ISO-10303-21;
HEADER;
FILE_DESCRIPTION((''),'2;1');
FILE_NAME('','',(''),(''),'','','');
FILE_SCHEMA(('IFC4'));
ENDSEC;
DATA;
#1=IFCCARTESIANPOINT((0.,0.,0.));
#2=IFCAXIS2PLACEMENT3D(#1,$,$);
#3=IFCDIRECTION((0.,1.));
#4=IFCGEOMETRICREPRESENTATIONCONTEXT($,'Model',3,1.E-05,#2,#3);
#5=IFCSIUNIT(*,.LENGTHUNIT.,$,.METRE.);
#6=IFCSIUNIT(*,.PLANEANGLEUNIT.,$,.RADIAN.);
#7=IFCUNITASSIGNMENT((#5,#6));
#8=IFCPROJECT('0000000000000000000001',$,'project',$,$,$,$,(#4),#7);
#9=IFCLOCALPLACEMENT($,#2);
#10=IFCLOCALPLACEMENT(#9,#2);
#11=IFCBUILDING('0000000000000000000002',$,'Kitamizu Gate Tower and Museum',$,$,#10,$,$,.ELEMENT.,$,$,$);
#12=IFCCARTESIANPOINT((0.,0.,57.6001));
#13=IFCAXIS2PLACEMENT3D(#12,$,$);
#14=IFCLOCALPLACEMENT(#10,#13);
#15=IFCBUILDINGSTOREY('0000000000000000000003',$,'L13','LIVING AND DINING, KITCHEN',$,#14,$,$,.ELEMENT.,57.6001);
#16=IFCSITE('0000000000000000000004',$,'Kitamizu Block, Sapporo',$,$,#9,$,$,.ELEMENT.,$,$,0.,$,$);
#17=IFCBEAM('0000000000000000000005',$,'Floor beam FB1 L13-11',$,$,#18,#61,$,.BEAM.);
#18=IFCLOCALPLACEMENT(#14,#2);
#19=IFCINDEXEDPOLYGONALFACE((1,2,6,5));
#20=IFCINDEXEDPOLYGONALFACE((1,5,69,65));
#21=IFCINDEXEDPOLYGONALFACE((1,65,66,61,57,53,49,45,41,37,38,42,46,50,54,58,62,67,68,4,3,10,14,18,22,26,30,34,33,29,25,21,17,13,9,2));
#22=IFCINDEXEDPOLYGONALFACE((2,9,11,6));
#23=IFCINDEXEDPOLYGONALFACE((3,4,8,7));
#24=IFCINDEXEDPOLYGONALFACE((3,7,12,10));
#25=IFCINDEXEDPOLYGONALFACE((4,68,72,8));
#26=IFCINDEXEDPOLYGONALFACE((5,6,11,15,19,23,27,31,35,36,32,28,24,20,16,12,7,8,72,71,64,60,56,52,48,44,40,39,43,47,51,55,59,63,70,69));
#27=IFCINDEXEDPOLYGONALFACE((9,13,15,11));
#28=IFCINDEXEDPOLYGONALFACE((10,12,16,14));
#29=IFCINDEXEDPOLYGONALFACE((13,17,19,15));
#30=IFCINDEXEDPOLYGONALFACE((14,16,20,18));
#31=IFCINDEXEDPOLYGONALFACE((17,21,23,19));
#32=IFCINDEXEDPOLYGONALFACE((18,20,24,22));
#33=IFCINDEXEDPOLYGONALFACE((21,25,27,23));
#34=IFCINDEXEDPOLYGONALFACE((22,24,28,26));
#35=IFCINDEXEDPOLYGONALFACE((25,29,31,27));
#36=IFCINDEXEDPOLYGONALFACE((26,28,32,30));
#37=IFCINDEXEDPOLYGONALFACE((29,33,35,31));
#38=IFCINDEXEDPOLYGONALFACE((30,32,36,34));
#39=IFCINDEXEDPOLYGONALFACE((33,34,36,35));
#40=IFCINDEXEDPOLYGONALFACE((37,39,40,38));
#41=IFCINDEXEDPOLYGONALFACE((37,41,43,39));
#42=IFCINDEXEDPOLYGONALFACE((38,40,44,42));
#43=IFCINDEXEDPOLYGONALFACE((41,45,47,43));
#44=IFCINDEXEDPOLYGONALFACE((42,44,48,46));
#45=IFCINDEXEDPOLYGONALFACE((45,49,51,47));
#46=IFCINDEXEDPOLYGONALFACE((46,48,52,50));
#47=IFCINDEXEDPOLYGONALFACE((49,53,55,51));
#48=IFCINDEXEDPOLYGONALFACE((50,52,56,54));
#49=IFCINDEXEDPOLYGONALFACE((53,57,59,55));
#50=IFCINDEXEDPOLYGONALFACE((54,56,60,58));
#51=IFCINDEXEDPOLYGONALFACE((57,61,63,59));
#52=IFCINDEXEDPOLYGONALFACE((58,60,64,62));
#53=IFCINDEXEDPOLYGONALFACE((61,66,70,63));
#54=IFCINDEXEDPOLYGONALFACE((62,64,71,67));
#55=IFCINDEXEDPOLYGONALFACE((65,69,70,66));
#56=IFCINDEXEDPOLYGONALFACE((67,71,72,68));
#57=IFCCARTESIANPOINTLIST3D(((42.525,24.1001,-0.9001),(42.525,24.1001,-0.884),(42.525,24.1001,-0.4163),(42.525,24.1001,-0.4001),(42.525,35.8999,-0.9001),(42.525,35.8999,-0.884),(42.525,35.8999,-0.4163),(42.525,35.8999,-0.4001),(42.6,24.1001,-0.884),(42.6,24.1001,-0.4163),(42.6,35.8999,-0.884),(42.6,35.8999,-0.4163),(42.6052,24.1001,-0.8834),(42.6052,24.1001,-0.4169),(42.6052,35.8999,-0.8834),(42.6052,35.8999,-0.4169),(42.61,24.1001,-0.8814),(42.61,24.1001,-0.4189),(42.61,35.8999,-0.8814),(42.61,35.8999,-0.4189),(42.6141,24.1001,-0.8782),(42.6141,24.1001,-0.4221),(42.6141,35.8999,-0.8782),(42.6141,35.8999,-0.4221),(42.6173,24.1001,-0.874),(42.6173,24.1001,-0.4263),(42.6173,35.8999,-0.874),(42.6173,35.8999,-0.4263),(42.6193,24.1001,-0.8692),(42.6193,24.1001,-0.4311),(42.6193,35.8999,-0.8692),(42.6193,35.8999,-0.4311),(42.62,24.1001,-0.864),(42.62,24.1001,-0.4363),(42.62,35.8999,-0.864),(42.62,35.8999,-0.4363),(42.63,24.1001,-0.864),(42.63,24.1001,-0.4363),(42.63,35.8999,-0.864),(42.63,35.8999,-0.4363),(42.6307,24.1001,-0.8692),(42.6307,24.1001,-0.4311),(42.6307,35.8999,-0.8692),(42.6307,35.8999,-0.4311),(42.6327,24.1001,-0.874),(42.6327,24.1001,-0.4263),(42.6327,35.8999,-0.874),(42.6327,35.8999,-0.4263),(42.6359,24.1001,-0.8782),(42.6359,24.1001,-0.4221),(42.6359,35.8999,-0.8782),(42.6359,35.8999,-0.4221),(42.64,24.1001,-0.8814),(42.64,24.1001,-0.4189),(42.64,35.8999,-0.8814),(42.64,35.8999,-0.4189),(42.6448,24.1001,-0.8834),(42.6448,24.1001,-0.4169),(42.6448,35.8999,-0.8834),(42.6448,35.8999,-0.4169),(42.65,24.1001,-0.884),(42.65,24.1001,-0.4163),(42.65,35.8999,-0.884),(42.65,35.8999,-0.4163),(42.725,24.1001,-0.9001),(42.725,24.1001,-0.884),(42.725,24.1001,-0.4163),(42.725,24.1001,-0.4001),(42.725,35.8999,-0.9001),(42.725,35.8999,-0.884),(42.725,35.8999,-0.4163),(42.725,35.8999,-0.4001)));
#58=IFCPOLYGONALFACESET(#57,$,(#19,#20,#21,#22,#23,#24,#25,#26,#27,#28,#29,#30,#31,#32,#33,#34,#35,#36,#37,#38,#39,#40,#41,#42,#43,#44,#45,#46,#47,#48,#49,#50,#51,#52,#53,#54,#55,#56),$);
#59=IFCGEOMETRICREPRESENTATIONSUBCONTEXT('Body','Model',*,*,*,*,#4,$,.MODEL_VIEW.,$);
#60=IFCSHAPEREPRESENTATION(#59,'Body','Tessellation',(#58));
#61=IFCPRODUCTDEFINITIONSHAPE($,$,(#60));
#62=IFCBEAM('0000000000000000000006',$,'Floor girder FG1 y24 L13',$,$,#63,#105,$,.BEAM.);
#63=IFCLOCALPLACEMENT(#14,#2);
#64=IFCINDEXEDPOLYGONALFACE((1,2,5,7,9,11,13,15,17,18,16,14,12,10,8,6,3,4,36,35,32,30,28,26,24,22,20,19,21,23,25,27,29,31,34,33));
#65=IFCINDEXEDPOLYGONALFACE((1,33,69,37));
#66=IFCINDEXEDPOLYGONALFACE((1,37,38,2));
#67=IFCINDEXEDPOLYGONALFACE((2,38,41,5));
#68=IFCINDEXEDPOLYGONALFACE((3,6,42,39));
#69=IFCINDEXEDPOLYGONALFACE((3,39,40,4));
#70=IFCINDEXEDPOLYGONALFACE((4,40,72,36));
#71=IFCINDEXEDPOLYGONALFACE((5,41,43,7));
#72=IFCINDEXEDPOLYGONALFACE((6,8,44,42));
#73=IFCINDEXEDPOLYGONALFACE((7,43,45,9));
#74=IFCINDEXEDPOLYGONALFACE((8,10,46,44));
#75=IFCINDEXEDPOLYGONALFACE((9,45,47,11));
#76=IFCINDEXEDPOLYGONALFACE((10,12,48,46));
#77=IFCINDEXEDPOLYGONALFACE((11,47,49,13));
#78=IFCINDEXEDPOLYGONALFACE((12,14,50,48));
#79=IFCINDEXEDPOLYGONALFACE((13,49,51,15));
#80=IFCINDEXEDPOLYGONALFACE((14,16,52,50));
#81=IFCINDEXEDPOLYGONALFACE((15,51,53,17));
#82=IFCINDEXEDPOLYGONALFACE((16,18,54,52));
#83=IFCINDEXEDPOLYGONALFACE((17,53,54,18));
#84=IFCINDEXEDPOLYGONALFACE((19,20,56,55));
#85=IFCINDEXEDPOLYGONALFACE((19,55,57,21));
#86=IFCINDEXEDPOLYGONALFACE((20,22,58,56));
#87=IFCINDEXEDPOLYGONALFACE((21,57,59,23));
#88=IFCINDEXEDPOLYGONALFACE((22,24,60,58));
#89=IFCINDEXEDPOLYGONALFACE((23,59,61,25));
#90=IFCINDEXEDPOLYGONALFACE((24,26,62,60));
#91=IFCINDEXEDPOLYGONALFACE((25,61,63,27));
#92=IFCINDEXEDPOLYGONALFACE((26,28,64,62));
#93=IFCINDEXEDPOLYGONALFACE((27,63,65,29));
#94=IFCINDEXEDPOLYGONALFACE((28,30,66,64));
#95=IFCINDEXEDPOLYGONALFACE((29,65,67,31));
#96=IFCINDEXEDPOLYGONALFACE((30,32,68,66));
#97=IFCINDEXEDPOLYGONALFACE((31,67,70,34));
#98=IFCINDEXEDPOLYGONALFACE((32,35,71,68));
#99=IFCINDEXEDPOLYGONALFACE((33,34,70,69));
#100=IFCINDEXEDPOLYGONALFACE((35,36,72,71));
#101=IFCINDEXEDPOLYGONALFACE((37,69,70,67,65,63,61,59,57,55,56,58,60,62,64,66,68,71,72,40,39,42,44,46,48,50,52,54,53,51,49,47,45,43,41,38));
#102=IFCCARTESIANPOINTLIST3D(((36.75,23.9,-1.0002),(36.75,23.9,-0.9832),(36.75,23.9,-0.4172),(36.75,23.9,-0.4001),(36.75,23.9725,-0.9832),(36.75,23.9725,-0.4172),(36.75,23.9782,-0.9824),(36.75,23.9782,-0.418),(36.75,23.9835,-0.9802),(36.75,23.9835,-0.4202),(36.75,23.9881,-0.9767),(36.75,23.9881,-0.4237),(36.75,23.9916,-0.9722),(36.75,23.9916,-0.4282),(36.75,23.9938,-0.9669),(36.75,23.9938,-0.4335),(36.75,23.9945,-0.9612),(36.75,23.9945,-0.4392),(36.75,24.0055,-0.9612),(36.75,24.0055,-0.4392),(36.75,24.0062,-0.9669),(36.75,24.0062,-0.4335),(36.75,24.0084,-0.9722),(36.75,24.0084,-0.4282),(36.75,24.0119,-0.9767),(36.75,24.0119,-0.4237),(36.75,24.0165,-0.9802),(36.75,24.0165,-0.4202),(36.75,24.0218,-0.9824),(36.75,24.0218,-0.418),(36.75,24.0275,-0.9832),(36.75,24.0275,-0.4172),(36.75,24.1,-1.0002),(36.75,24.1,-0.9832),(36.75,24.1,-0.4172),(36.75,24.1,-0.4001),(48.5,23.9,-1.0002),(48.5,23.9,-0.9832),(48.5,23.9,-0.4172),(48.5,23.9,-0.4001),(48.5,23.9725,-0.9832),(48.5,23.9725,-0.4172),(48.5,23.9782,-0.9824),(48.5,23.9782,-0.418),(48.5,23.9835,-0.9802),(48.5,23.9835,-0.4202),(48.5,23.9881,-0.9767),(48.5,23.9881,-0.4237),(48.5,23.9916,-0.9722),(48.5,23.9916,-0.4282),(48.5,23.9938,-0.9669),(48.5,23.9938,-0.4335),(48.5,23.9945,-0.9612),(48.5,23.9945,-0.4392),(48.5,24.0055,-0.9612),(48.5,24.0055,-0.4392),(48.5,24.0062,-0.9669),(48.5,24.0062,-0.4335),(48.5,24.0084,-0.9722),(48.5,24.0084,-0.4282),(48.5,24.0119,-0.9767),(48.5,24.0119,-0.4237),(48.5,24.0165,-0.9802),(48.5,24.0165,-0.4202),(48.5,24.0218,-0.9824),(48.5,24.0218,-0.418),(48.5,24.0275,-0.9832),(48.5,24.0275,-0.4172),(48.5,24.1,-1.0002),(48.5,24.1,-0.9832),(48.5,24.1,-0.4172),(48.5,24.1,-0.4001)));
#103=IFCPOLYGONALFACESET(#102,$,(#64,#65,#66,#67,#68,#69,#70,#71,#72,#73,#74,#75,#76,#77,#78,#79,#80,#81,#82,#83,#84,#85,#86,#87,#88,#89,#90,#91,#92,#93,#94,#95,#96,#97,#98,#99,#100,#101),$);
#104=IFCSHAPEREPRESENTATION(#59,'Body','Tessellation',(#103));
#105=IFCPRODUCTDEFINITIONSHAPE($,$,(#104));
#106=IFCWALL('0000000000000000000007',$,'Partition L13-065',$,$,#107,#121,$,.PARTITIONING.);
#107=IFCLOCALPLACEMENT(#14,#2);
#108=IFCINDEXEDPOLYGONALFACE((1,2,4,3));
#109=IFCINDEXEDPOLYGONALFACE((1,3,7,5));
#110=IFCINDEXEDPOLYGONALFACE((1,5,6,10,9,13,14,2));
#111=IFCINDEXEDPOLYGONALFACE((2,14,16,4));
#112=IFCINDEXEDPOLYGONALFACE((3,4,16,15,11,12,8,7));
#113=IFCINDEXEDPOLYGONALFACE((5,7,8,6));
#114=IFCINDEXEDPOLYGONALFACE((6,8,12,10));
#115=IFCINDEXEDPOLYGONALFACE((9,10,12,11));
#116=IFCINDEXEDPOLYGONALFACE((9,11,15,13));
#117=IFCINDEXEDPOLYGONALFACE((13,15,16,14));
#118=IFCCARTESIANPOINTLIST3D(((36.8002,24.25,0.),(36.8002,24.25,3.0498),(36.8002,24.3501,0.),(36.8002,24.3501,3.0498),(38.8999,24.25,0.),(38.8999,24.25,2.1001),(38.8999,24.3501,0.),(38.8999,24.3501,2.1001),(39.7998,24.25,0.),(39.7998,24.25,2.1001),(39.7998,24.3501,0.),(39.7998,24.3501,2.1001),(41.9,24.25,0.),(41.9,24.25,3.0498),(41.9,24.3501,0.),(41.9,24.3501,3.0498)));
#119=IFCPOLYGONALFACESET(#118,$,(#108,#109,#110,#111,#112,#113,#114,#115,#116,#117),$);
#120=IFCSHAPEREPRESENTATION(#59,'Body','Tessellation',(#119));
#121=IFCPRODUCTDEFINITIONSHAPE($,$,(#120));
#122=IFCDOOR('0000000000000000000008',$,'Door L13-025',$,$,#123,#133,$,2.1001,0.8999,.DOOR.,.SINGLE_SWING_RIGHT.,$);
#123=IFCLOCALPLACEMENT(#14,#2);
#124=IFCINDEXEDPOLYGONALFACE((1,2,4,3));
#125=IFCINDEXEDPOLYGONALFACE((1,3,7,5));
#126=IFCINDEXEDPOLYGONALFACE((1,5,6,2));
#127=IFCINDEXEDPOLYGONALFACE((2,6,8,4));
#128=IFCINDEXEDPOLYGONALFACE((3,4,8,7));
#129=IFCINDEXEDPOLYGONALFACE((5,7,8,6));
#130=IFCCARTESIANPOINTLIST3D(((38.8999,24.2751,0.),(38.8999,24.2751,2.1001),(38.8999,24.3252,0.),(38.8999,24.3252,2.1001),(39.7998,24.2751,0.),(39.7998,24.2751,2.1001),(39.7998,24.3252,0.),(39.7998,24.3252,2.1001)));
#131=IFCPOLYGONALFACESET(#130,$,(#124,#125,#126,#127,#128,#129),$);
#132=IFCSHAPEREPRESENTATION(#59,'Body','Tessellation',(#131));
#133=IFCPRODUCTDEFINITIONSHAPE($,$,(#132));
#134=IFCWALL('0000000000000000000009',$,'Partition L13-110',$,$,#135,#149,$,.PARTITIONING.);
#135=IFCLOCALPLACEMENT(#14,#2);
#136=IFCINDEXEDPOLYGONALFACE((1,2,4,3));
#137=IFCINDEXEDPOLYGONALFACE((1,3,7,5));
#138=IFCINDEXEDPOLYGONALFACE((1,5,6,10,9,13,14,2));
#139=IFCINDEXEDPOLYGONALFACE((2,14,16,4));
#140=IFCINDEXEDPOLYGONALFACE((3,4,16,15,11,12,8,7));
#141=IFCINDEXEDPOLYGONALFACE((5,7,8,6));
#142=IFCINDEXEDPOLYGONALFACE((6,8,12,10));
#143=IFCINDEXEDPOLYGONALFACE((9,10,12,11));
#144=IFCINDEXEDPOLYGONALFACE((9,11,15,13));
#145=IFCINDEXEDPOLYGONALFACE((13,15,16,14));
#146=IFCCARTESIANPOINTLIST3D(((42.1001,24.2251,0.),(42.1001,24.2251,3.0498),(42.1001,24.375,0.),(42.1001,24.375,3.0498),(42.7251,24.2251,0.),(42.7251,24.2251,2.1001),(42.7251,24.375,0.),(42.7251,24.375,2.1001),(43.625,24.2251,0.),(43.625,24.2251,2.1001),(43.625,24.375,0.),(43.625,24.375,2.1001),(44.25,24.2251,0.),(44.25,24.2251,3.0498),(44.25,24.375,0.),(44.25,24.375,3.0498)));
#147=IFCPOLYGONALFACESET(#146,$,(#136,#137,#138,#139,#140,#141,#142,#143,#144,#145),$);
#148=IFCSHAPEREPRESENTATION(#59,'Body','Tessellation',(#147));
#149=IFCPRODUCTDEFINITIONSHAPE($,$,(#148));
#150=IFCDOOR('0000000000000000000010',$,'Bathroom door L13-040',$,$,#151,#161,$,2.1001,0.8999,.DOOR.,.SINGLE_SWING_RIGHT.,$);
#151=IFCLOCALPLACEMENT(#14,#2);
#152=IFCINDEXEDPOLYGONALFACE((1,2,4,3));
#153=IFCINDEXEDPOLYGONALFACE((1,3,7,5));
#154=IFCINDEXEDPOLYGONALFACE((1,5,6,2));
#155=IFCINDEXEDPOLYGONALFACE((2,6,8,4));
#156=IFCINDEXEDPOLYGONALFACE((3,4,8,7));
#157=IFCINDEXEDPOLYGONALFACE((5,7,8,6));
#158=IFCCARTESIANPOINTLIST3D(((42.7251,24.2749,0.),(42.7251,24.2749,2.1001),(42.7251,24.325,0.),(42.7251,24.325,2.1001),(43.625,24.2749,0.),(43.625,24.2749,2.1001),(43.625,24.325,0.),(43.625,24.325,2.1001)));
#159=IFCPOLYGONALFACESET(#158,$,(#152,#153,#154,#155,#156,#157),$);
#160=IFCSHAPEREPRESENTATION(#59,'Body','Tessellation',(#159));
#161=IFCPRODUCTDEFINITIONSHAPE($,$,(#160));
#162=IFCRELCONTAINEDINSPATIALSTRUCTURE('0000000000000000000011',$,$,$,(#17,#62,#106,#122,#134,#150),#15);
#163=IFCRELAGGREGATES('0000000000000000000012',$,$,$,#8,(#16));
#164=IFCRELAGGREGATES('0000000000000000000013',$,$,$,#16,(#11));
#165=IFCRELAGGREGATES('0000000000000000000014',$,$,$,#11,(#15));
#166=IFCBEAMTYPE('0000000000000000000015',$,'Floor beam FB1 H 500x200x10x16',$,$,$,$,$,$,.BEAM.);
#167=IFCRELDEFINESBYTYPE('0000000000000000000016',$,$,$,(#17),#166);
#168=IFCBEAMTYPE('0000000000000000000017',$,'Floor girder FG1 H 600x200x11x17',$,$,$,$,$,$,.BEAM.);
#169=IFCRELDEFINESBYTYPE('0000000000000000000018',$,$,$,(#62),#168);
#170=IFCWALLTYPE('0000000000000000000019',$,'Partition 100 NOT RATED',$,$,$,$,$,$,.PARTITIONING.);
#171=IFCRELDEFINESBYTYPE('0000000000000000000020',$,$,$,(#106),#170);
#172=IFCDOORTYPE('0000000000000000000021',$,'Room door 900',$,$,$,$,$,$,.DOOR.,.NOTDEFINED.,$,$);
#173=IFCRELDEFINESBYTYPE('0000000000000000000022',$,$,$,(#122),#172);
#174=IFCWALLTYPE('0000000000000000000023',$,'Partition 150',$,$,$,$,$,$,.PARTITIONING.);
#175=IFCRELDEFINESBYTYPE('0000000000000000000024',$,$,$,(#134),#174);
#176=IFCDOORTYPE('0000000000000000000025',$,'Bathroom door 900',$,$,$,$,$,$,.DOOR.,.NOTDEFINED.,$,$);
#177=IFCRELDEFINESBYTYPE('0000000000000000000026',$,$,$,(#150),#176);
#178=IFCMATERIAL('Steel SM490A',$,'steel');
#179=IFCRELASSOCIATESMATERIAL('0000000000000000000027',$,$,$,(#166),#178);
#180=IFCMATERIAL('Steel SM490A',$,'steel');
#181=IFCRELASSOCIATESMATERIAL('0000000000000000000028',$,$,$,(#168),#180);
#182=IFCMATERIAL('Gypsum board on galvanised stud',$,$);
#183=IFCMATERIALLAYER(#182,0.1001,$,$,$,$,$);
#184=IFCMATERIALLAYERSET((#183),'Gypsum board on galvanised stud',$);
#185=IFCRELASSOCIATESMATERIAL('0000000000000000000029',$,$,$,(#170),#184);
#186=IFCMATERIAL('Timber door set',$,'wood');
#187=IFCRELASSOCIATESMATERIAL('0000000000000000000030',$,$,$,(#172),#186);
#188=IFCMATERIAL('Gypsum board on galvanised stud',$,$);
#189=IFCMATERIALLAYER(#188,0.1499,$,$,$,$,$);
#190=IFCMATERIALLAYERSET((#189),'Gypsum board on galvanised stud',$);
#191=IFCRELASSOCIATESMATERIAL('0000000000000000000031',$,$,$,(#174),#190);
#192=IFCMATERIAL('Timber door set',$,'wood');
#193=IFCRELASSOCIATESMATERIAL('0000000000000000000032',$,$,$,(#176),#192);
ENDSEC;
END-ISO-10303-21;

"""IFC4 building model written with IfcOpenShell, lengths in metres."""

from ifc_helpers import new_model, si_unit, direction, frame, frame_2d, origin, origin_2d, place, context, subcontext, project, spatial, rectangle, i_section, extrude, material, layer, layer_set, material_profile, profile_set, type_object, element, fill, save


model = new_model("IFC4")

# Units and contexts
model_context = context("Model", 3, precision=1e-05, world=origin(), true_north=direction((0.0, 1.0)))
body_context = subcontext(model_context, "Body", "Model", "MODEL_VIEW")
ifc_project = project(units=[si_unit("LENGTHUNIT", "METRE"), si_unit("PLANEANGLEUNIT", "RADIAN")], contexts=[model_context])

# Site, building, storey
site_placement = place(None, origin())
site = spatial("IfcSite", under=ifc_project, at=site_placement, Name="Kitamizu Block, Sapporo", CompositionType="ELEMENT", RefElevation=0.0)
building_placement = place(site_placement, origin())
building = spatial("IfcBuilding", under=site, at=building_placement, Name="Kitamizu Gate Tower and Museum", CompositionType="ELEMENT")
storey_placement = place(building_placement, frame((0.0, 0.0, 57.6001)))
storey = spatial("IfcBuildingStorey", under=building, at=storey_placement, Name="L13", Description="LIVING AND DINING, KITCHEN", CompositionType="ELEMENT", Elevation=57.6001)

# Beams
ifc_material_1 = material(Name="Steel SM490A", Category="steel")
ifc_material_profile_1 = material_profile(ifc_material_1, i_section(OverallWidth=0.2, OverallDepth=0.5, WebThickness=0.01, FlangeThickness=0.0161, FilletRadius=0.02, at=origin_2d()), Name="H-500x200x10x16")
ifc_profile_set_1 = profile_set([ifc_material_profile_1], Name="Steel SM490A")
beam_type_1 = type_object("IfcBeamType", Name="Floor beam FB1 H 500x200x10x16", PredefinedType="BEAM", material=ifc_profile_set_1)
beam_1_placement = place(storey_placement, frame((42.625, 24.1001, -0.6501), z_axis=(0.0, 1.0, 0.0), x_axis=(-1.0, 0.0, 0.0)))
element("IfcBeam", 1, at=beam_1_placement, inside=storey, type_object=beam_type_1, Name="Floor beam FB1 L13-11", PredefinedType="BEAM", context=body_context, shape_type="SweptSolid", body=[
    extrude(i_section(OverallWidth=0.2, OverallDepth=0.5, WebThickness=0.01, FlangeThickness=0.0161, FilletRadius=0.02, at=origin_2d()), origin(), (0.0, 0.0, 1.0), 11.7998),
])
ifc_material_2 = material(Name="Steel SM490A", Category="steel")
ifc_material_profile_2 = material_profile(ifc_material_2, i_section(OverallWidth=0.2, OverallDepth=0.6001, WebThickness=0.011, FlangeThickness=0.0171, FilletRadius=0.022, at=origin_2d()), Name="H-600x200x11x17")
ifc_profile_set_2 = profile_set([ifc_material_profile_2], Name="Steel SM490A")
beam_type_2 = type_object("IfcBeamType", Name="Floor girder FG1 H 600x200x11x17", PredefinedType="BEAM", material=ifc_profile_set_2)
beam_2_placement = place(storey_placement, frame((36.75, 24.0, -0.7002), z_axis=(1.0, 0.0, 0.0), x_axis=(0.0, 1.0, 0.0)))
element("IfcBeam", 2, at=beam_2_placement, inside=storey, type_object=beam_type_2, Name="Floor girder FG1 y24 L13", PredefinedType="BEAM", context=body_context, shape_type="SweptSolid", body=[
    extrude(i_section(OverallWidth=0.2, OverallDepth=0.6001, WebThickness=0.011, FlangeThickness=0.0171, FilletRadius=0.022, at=origin_2d()), origin(), (0.0, 0.0, 1.0), 11.75),
])

# Walls, openings, doors
ifc_material_3 = material(Name="Gypsum board on galvanised stud")
ifc_layer_1 = layer(ifc_material_3, 0.1001)
ifc_layer_set_1 = layer_set([ifc_layer_1], Name="Gypsum board on galvanised stud")
wall_type_1 = type_object("IfcWallType", Name="Partition 100 NOT RATED", PredefinedType="PARTITIONING", material=ifc_layer_set_1)
wall_1_placement = place(storey_placement, frame((41.8999, 24.3, 0.0), z_axis=(0.0, 0.0, 1.0), x_axis=(-1.0, 0.0, 0.0)))
wall_1 = element("IfcWall", 3, at=wall_1_placement, inside=storey, type_object=wall_type_1, Name="Partition L13-065", PredefinedType="PARTITIONING", context=body_context, shape_type="SweptSolid", body=[
    extrude(rectangle(XDim=5.0999, YDim=0.1001, at=frame_2d((2.5498, 0.0))), origin(), (0.0, 0.0, 1.0), 3.0498),
])
opening_1_placement = place(wall_1_placement, frame((2.1001, 0.0, 0.0)))
opening_1 = element("IfcOpeningElement", 4, at=opening_1_placement, cuts=wall_1, PredefinedType="OPENING", context=body_context, shape_type="SweptSolid", body=[
    extrude(rectangle(XDim=0.8999, YDim=2.1001, at=frame_2d((0.45, 1.05))), frame((0.0, 0.0601, 0.0), z_axis=(0.0, -1.0, 0.0), x_axis=(1.0, 0.0, 0.0)), (0.0, 0.0, 1.0), 0.1201),
])
ifc_material_4 = material(Name="Timber door set", Category="wood")
door_type_1 = type_object("IfcDoorType", Name="Room door 900", OperationType="NOTDEFINED", PredefinedType="DOOR", material=ifc_material_4)
door_1_placement = place(opening_1_placement, origin())
door_1 = element("IfcDoor", 5, at=door_1_placement, inside=storey, type_object=door_type_1, Name="Door L13-025", OperationType="SINGLE_SWING_RIGHT", OverallHeight=2.1001, OverallWidth=0.8999, PredefinedType="DOOR", context=body_context, shape_type="SweptSolid", body=[
    extrude(rectangle(XDim=0.8999, YDim=2.1001, at=frame_2d((0.45, 1.05))), frame((0.0, 0.0249, 0.0), z_axis=(0.0, -1.0, 0.0), x_axis=(1.0, 0.0, 0.0)), (0.0, 0.0, 1.0), 0.05),
])
fill(opening_1, door_1)
ifc_material_5 = material(Name="Gypsum board on galvanised stud")
ifc_layer_2 = layer(ifc_material_5, 0.1499)
ifc_layer_set_2 = layer_set([ifc_layer_2], Name="Gypsum board on galvanised stud")
wall_type_2 = type_object("IfcWallType", Name="Partition 150", PredefinedType="PARTITIONING", material=ifc_layer_set_2)
wall_2_placement = place(storey_placement, frame((44.25, 24.3, 0.0), z_axis=(0.0, 0.0, 1.0), x_axis=(-1.0, 0.0, 0.0)))
wall_2 = element("IfcWall", 6, at=wall_2_placement, inside=storey, type_object=wall_type_2, Name="Partition L13-110", PredefinedType="PARTITIONING", context=body_context, shape_type="SweptSolid", body=[
    extrude(rectangle(XDim=2.1499, YDim=0.1499, at=frame_2d((1.075, 0.0))), origin(), (0.0, 0.0, 1.0), 3.0498),
])
opening_2_placement = place(wall_2_placement, frame((0.625, 0.0, 0.0)))
opening_2 = element("IfcOpeningElement", 7, at=opening_2_placement, cuts=wall_2, PredefinedType="OPENING", context=body_context, shape_type="SweptSolid", body=[
    extrude(rectangle(XDim=0.8999, YDim=2.1001, at=frame_2d((0.45, 1.05))), frame((0.0, 0.085, 0.0), z_axis=(0.0, -1.0, 0.0), x_axis=(1.0, 0.0, 0.0)), (0.0, 0.0, 1.0), 0.1699),
])
ifc_material_6 = material(Name="Timber door set", Category="wood")
door_type_2 = type_object("IfcDoorType", Name="Bathroom door 900", OperationType="NOTDEFINED", PredefinedType="DOOR", material=ifc_material_6)
door_2_placement = place(opening_2_placement, frame((0.8999, 0.0, 0.0), x_axis=(-1.0, 0.0, 0.0)))
door_2 = element("IfcDoor", 8, at=door_2_placement, inside=storey, type_object=door_type_2, Name="Bathroom door L13-040", OperationType="SINGLE_SWING_RIGHT", OverallHeight=2.1001, OverallWidth=0.8999, PredefinedType="DOOR", context=body_context, shape_type="SweptSolid", body=[
    extrude(rectangle(XDim=0.8999, YDim=2.1001, at=frame_2d((0.45, 1.05))), frame((0.0, 0.0249, 0.0), z_axis=(0.0, -1.0, 0.0), x_axis=(1.0, 0.0, 0.0)), (0.0, 0.0, 1.0), 0.05),
])
fill(opening_2, door_2)

save(model, "model.ifc")
